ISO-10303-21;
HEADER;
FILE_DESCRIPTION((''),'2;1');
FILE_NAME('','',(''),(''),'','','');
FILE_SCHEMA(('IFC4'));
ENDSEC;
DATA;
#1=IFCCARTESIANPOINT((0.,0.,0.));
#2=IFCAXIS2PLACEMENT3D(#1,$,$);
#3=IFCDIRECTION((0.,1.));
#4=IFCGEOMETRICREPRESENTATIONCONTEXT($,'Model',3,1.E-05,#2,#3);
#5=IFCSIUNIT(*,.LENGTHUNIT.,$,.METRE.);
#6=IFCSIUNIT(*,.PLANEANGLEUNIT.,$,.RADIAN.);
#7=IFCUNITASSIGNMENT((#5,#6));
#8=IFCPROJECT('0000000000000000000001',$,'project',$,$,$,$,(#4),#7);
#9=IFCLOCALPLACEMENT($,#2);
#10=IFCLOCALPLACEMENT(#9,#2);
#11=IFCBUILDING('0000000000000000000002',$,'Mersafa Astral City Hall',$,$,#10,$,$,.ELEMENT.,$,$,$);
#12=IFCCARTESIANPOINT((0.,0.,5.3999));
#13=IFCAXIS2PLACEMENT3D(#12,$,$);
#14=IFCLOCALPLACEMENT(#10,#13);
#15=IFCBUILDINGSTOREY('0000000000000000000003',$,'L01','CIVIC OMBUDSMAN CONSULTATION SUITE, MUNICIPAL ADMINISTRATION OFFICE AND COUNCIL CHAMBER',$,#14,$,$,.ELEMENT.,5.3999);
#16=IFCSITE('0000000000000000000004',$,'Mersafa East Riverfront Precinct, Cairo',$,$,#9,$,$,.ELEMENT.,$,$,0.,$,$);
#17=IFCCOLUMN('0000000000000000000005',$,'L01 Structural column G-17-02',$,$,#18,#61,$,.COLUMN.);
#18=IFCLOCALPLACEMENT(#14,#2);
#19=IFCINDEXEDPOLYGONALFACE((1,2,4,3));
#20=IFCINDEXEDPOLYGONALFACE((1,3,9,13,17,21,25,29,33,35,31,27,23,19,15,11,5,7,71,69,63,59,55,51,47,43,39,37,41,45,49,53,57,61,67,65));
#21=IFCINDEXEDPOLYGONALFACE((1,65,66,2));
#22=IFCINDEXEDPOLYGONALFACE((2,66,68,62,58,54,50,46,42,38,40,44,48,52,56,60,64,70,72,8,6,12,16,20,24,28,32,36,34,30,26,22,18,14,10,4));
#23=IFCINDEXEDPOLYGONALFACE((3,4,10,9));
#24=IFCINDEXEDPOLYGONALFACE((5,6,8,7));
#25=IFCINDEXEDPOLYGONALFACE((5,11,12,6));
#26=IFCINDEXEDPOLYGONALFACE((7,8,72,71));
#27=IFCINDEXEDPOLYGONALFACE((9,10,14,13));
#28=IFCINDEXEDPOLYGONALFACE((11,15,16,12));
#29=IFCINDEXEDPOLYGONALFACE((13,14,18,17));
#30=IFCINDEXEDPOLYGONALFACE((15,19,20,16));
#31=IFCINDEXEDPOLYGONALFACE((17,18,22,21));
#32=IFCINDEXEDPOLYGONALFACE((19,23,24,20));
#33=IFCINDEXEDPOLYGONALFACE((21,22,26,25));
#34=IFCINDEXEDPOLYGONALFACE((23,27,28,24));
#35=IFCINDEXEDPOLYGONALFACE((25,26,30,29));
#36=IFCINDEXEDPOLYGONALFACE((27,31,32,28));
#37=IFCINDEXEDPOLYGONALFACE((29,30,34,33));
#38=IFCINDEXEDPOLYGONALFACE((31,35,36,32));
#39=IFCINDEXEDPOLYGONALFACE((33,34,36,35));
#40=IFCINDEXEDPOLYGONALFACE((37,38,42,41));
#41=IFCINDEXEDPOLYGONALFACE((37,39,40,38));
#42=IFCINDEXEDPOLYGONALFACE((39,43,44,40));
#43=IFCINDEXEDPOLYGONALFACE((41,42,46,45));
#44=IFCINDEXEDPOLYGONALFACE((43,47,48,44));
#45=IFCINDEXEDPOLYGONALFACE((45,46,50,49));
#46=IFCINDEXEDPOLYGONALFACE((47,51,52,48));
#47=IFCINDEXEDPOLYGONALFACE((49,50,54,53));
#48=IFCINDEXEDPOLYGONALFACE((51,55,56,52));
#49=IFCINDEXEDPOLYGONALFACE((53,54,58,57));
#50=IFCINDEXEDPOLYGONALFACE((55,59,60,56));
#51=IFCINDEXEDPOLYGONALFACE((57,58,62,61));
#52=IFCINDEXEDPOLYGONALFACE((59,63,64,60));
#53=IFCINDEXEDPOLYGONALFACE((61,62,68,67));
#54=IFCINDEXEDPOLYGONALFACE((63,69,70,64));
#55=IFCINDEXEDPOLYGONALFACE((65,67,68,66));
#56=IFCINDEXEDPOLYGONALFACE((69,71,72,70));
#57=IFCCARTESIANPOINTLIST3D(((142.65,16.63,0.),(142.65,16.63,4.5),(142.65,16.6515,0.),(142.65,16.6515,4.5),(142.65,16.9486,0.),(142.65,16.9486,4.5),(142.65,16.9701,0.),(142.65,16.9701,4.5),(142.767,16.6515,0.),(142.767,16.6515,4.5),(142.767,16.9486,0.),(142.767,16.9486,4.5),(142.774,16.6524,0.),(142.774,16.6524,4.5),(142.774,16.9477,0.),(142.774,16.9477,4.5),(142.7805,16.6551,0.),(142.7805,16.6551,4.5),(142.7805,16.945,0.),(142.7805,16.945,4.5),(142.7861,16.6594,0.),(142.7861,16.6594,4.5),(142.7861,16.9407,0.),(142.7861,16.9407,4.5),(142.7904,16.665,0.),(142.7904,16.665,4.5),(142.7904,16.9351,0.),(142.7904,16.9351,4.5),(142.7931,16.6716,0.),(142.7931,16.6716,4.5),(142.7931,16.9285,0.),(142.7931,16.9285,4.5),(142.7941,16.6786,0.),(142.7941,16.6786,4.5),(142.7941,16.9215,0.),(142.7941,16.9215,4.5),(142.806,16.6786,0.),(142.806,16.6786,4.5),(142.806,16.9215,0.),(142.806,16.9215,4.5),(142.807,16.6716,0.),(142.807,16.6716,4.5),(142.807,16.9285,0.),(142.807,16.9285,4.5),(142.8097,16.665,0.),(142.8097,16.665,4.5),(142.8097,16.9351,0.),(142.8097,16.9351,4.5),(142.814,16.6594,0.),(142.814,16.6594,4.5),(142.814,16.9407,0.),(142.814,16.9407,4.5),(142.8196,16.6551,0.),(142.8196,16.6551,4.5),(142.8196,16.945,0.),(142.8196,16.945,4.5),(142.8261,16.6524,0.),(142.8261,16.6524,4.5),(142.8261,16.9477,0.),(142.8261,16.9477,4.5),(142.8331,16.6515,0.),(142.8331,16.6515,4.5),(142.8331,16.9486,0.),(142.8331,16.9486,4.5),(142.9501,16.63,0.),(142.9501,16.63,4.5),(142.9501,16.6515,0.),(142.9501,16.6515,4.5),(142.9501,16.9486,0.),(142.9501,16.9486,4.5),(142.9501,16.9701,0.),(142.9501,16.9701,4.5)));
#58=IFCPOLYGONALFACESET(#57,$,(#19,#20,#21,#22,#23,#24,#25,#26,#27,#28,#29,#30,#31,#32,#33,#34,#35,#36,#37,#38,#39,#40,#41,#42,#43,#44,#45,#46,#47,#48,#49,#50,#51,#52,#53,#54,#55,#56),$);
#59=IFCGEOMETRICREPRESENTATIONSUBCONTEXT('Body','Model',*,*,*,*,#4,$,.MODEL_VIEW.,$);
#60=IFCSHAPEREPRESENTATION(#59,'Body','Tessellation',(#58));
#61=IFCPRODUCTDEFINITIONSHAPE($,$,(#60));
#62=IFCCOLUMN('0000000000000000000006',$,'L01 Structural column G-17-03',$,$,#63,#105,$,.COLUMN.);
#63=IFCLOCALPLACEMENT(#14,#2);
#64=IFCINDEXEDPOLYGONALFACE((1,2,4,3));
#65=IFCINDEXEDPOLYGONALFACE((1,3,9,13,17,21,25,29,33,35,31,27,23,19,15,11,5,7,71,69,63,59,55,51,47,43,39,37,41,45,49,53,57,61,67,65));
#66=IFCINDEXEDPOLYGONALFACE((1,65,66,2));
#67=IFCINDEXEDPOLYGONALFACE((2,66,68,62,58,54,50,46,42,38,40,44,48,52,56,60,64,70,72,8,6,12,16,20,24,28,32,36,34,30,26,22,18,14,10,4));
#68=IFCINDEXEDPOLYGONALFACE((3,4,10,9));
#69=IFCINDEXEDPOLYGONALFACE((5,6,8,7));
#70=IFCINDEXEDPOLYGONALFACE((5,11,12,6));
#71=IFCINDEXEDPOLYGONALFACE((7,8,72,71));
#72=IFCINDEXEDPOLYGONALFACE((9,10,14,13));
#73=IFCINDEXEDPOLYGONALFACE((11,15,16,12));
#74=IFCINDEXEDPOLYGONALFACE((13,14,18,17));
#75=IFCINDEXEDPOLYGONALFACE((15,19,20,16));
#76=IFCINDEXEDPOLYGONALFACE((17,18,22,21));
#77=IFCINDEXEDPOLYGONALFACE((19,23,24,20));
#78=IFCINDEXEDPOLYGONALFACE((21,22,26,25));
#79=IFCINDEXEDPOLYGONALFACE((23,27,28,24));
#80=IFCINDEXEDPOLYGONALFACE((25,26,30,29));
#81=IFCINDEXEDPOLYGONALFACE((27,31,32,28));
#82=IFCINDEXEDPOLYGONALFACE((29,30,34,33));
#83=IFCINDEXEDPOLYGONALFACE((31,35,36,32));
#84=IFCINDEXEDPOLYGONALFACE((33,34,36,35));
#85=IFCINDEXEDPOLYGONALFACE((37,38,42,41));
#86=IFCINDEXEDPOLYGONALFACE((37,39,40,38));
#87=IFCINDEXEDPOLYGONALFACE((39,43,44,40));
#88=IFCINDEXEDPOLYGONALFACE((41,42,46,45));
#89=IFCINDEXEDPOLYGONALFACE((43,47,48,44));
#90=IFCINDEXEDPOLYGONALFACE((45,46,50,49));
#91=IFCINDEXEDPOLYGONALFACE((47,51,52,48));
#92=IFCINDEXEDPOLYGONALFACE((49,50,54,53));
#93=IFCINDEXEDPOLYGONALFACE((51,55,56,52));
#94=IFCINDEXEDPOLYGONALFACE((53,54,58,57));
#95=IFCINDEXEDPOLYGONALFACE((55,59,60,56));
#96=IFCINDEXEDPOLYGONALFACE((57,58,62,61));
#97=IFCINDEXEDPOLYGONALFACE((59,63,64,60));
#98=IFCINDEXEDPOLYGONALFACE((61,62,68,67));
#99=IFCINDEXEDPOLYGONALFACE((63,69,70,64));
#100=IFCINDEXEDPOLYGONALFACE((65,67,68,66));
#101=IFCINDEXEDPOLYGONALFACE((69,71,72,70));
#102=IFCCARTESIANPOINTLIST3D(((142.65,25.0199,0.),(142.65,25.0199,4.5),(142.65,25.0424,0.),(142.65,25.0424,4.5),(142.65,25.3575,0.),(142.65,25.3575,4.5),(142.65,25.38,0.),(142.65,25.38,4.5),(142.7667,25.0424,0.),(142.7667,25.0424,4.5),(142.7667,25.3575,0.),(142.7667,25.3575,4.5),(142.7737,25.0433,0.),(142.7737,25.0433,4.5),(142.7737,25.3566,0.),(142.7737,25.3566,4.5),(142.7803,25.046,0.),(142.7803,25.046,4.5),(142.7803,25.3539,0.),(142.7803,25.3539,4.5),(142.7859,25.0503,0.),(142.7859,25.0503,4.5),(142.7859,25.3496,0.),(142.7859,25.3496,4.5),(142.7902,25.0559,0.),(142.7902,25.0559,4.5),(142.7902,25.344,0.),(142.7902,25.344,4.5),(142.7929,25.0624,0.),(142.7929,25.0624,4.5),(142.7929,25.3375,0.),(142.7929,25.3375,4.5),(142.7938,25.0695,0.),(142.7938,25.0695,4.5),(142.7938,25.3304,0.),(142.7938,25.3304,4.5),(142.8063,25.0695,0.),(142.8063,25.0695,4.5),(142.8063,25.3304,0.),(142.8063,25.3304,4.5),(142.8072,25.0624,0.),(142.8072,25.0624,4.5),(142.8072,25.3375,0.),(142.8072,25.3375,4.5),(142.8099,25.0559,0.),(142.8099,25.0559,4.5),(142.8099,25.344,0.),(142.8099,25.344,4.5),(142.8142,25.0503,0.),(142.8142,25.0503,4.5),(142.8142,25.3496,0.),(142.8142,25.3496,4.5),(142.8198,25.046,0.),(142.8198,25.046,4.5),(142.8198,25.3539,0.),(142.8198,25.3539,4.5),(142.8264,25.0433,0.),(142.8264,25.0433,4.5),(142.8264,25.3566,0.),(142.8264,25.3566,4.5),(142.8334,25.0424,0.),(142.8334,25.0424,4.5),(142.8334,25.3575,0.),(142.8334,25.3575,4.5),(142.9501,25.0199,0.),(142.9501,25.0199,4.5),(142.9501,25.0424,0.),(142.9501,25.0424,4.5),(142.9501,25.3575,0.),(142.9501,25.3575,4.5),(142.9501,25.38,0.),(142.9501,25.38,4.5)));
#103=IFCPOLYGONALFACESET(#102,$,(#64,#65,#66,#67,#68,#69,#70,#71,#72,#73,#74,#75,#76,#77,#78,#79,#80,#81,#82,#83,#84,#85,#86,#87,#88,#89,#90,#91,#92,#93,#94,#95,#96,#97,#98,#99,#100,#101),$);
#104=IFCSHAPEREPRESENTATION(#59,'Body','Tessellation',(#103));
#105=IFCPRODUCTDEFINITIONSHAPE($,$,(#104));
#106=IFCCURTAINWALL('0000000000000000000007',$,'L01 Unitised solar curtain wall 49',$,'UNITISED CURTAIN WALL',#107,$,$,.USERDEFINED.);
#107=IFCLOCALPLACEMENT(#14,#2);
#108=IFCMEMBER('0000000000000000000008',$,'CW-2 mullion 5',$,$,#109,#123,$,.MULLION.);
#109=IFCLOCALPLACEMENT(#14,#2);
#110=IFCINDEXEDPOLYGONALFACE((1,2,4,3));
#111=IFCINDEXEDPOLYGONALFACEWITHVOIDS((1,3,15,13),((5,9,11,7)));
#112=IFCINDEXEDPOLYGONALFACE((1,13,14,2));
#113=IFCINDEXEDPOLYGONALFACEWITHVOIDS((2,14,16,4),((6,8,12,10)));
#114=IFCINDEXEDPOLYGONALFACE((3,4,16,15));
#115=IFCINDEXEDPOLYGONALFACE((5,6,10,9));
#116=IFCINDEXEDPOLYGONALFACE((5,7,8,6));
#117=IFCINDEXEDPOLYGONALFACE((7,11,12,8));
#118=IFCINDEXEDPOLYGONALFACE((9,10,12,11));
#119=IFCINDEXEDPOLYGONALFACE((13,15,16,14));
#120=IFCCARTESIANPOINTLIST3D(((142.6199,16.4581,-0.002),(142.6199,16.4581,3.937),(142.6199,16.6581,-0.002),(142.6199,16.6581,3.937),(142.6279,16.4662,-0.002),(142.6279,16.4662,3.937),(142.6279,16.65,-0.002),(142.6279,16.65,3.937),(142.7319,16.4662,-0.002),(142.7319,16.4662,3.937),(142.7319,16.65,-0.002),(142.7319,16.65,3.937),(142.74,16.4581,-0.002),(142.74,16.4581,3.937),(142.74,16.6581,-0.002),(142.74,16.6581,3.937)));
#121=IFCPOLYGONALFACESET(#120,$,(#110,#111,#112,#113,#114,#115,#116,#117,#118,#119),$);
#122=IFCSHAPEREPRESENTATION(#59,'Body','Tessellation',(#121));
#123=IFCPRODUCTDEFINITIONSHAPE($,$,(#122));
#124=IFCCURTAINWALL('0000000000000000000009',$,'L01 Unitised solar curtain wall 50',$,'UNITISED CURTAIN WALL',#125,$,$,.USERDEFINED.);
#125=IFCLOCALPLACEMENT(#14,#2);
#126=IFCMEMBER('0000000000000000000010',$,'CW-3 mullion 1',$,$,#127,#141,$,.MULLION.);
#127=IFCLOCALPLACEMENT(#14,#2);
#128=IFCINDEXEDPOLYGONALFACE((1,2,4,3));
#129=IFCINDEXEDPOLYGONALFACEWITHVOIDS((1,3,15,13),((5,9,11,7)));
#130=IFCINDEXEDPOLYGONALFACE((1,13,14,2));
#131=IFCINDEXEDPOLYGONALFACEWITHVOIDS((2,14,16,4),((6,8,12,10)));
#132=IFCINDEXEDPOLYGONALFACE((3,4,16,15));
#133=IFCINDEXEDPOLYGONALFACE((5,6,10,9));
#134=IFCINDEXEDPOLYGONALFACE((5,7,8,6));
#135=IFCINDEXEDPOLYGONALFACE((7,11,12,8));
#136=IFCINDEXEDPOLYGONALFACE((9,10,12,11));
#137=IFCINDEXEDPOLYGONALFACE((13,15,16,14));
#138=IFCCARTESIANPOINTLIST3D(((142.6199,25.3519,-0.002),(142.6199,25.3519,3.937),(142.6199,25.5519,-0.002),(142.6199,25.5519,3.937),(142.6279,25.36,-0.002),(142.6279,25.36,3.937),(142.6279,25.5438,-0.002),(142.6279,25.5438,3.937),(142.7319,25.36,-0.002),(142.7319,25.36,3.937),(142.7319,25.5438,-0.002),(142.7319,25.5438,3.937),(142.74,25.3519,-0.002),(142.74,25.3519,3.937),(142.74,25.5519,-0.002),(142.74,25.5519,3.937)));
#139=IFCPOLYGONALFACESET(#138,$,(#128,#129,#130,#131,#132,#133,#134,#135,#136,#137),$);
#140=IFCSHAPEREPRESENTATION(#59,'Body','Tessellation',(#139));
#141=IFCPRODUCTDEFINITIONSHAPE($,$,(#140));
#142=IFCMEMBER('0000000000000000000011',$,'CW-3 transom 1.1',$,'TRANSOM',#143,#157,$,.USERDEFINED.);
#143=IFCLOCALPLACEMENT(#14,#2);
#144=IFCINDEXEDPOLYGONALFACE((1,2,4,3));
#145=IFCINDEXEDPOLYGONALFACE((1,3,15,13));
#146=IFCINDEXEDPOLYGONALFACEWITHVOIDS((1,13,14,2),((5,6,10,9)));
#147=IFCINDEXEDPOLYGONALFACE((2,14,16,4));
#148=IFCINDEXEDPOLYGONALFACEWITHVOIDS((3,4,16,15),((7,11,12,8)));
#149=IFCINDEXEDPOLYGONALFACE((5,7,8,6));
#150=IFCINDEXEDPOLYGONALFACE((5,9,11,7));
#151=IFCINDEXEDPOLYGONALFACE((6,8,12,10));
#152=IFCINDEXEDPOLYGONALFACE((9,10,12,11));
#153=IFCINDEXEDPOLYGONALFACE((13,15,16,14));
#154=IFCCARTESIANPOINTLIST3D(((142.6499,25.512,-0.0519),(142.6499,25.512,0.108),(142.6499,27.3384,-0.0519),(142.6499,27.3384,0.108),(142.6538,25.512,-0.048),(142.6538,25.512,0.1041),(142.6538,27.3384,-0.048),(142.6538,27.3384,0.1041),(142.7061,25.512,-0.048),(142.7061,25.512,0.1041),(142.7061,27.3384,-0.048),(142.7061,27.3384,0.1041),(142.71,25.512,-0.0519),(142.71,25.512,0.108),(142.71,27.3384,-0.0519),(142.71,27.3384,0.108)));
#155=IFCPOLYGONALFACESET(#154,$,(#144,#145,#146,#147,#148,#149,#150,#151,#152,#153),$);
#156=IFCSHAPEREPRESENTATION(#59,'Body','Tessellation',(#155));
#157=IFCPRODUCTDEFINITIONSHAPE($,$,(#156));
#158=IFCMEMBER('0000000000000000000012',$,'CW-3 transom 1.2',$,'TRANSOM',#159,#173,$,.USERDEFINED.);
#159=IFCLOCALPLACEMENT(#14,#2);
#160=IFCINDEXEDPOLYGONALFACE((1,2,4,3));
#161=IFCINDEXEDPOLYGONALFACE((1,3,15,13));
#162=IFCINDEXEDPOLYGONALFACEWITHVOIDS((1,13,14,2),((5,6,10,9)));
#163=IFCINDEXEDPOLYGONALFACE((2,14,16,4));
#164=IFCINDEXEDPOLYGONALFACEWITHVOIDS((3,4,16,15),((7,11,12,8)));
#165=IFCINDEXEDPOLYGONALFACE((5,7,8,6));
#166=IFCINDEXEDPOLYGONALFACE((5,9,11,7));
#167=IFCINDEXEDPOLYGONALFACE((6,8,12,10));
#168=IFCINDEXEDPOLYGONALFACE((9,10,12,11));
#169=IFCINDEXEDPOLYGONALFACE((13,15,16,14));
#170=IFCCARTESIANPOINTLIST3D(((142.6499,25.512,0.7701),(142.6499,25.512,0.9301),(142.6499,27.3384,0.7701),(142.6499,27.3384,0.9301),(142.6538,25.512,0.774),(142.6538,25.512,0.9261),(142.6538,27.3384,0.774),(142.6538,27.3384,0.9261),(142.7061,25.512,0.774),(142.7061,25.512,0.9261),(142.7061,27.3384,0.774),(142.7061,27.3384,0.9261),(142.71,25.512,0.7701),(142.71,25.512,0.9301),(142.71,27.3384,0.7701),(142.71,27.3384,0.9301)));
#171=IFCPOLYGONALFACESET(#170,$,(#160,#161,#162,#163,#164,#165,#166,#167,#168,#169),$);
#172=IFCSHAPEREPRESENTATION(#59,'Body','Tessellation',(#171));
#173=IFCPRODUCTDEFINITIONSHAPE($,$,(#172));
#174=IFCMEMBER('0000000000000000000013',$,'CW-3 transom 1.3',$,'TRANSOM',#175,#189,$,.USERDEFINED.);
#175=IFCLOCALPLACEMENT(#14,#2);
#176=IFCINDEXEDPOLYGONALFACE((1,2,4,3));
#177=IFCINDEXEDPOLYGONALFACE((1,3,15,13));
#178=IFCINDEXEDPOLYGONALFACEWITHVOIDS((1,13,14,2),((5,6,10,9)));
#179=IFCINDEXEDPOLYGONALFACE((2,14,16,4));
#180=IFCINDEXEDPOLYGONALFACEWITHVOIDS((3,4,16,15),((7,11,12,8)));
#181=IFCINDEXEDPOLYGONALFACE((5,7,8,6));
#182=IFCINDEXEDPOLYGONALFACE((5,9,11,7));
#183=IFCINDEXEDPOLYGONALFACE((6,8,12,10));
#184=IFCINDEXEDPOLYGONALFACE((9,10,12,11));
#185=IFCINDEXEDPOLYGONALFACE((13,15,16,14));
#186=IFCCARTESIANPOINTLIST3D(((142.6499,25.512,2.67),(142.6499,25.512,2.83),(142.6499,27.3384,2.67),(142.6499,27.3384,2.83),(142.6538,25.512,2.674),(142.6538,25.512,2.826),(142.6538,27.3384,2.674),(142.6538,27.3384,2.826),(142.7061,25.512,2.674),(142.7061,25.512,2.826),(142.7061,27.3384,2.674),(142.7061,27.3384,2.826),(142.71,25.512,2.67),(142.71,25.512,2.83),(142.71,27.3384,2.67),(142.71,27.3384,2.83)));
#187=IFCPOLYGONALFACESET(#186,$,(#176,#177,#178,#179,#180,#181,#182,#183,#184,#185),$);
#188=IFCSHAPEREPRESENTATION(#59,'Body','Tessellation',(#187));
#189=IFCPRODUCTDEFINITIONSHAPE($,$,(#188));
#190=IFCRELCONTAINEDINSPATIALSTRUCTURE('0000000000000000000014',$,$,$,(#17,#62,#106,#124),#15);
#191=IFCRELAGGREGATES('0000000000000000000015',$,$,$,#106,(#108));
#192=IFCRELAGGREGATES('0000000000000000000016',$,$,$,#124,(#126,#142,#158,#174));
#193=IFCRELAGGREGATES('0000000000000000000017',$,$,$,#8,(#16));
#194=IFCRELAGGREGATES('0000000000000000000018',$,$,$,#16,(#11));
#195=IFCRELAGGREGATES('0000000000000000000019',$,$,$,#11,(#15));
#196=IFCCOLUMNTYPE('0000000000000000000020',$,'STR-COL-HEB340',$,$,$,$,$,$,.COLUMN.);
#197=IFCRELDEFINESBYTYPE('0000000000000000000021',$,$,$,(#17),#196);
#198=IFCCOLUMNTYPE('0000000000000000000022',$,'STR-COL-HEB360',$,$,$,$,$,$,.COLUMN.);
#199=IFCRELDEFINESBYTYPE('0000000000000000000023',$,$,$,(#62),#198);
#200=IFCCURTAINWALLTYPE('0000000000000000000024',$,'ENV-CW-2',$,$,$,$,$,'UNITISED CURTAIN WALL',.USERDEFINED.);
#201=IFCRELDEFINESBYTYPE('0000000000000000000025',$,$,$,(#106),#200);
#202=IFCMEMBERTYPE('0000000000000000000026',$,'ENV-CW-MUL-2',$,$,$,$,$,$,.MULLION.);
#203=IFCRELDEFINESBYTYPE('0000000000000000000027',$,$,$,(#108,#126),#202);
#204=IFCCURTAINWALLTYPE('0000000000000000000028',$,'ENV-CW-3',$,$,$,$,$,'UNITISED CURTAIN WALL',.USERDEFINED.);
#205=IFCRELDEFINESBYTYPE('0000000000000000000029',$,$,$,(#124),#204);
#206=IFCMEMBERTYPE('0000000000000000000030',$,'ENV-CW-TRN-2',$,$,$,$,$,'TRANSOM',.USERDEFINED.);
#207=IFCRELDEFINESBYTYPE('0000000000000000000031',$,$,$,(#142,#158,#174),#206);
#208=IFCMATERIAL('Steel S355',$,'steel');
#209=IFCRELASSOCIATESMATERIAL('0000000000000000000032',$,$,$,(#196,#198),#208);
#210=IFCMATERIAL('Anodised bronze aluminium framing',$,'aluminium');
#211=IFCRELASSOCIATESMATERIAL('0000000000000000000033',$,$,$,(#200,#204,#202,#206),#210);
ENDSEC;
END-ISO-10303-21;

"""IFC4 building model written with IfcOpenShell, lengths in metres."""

from ifc_helpers import new_model, si_unit, direction, frame, origin, origin_2d, place, context, subcontext, project, spatial, hollow_rectangle, i_section, extrude, material, material_profile, profile_set, type_object, element, aggregate, save


model = new_model("IFC4")

# Units and contexts
model_context = context("Model", 3, precision=1e-05, world=origin(), true_north=direction((0.0, 1.0)))
body_context = subcontext(model_context, "Body", "Model", "MODEL_VIEW")
ifc_project = project(units=[si_unit("LENGTHUNIT", "METRE"), si_unit("PLANEANGLEUNIT", "RADIAN")], contexts=[model_context])

# Site, building, storey
site_placement = place(None, origin())
site = spatial("IfcSite", under=ifc_project, at=site_placement, Name="Mersafa East Riverfront Precinct, Cairo", CompositionType="ELEMENT", RefElevation=0.0)
building_placement = place(site_placement, origin())
building = spatial("IfcBuilding", under=site, at=building_placement, Name="Mersafa Astral City Hall", CompositionType="ELEMENT")
storey_placement = place(building_placement, frame((0.0, 0.0, 5.3999)))
storey = spatial("IfcBuildingStorey", under=building, at=storey_placement, Name="L01", Description="CIVIC OMBUDSMAN CONSULTATION SUITE, MUNICIPAL ADMINISTRATION OFFICE AND COUNCIL CHAMBER", CompositionType="ELEMENT", Elevation=5.3999)

# Columns
ifc_material_1 = material(Name="Steel S355", Category="steel")
ifc_material_profile_1 = material_profile(ifc_material_1, i_section(OverallWidth=0.3, OverallDepth=0.3401, WebThickness=0.012, FlangeThickness=0.0215, FilletRadius=0.0271, at=origin_2d()), Name="HEB 340")
ifc_profile_set_1 = profile_set([ifc_material_profile_1], Name="Steel S355")
column_type_1 = type_object("IfcColumnType", Name="STR-COL-HEB340", PredefinedType="COLUMN", material=ifc_profile_set_1)
column_1_placement = place(storey_placement, frame((142.8, 16.8, 0.0), z_axis=(0.0, 0.0, 1.0), x_axis=(1.0, 0.0, 0.0)))
element("IfcColumn", 1, at=column_1_placement, inside=storey, type_object=column_type_1, Name="L01 Structural column G-17-02", PredefinedType="COLUMN", context=body_context, shape_type="SweptSolid", body=[
    extrude(i_section(OverallWidth=0.3, OverallDepth=0.3401, WebThickness=0.012, FlangeThickness=0.0215, FilletRadius=0.0271, at=origin_2d()), origin(), (0.0, 0.0, 1.0), 4.5),
])
ifc_material_profile_2 = material_profile(ifc_material_1, i_section(OverallWidth=0.3, OverallDepth=0.3601, WebThickness=0.0125, FlangeThickness=0.0225, FilletRadius=0.0271, at=origin_2d()), Name="HEB 360")
ifc_profile_set_2 = profile_set([ifc_material_profile_2], Name="Steel S355")
column_type_2 = type_object("IfcColumnType", Name="STR-COL-HEB360", PredefinedType="COLUMN", material=ifc_profile_set_2)
column_2_placement = place(storey_placement, frame((142.8, 25.2, 0.0), z_axis=(0.0, 0.0, 1.0), x_axis=(1.0, 0.0, 0.0)))
element("IfcColumn", 2, at=column_2_placement, inside=storey, type_object=column_type_2, Name="L01 Structural column G-17-03", PredefinedType="COLUMN", context=body_context, shape_type="SweptSolid", body=[
    extrude(i_section(OverallWidth=0.3, OverallDepth=0.3601, WebThickness=0.0125, FlangeThickness=0.0225, FilletRadius=0.0271, at=origin_2d()), origin(), (0.0, 0.0, 1.0), 4.5),
])

# Curtain wall, member
ifc_material_2 = material(Name="Anodised bronze aluminium framing", Category="aluminium")
curtain_wall_type_1 = type_object("IfcCurtainWallType", Name="ENV-CW-2", ElementType="UNITISED CURTAIN WALL", PredefinedType="USERDEFINED", material=ifc_material_2)
curtain_wall_1_placement = place(storey_placement, origin())
curtain_wall_1 = element("IfcCurtainWall", 3, at=curtain_wall_1_placement, inside=storey, type_object=curtain_wall_type_1, Name="L01 Unitised solar curtain wall 49", ObjectType="UNITISED CURTAIN WALL", PredefinedType="USERDEFINED")
ifc_material_profile_3 = material_profile(ifc_material_2, hollow_rectangle(XDim=0.1201, YDim=0.2, WallThickness=0.0081, at=origin_2d()), Name="RHS 120x200x8")
ifc_profile_set_3 = profile_set([ifc_material_profile_3], Name="Anodised bronze aluminium framing")
member_type_1 = type_object("IfcMemberType", Name="ENV-CW-MUL-2", PredefinedType="MULLION", material=ifc_profile_set_3)
member_1_placement = place(storey_placement, frame((142.6799, 16.5581, -0.002), z_axis=(0.0, 0.0, 1.0), x_axis=(-1.0, 0.0, 0.0)))
member_1 = element("IfcMember", 4, at=member_1_placement, type_object=member_type_1, Name="CW-2 mullion 5", PredefinedType="MULLION", context=body_context, shape_type="SweptSolid", body=[
    extrude(hollow_rectangle(XDim=0.1201, YDim=0.2, WallThickness=0.0081, at=origin_2d()), origin(), (0.0, 0.0, 1.0), 3.939),
])

# Curtain wall, members
curtain_wall_type_2 = type_object("IfcCurtainWallType", Name="ENV-CW-3", ElementType="UNITISED CURTAIN WALL", PredefinedType="USERDEFINED", material=ifc_material_2)
curtain_wall_2_placement = place(storey_placement, origin())
curtain_wall_2 = element("IfcCurtainWall", 5, at=curtain_wall_2_placement, inside=storey, type_object=curtain_wall_type_2, Name="L01 Unitised solar curtain wall 50", ObjectType="UNITISED CURTAIN WALL", PredefinedType="USERDEFINED")
member_2_placement = place(storey_placement, frame((142.6799, 25.4519, -0.002), z_axis=(0.0, 0.0, 1.0), x_axis=(-1.0, 0.0, 0.0)))
member_2 = element("IfcMember", 6, at=member_2_placement, type_object=member_type_1, Name="CW-3 mullion 1", PredefinedType="MULLION", context=body_context, shape_type="SweptSolid", body=[
    extrude(hollow_rectangle(XDim=0.1201, YDim=0.2, WallThickness=0.0081, at=origin_2d()), origin(), (0.0, 0.0, 1.0), 3.939),
])
ifc_material_profile_4 = material_profile(ifc_material_2, hollow_rectangle(XDim=0.0601, YDim=0.1599, WallThickness=0.0039, at=origin_2d()), Name="RHS 60x160x4")
ifc_profile_set_4 = profile_set([ifc_material_profile_4], Name="Anodised bronze aluminium framing")
member_type_2 = type_object("IfcMemberType", Name="ENV-CW-TRN-2", ElementType="TRANSOM", PredefinedType="USERDEFINED", material=ifc_profile_set_4)
member_3_placement = place(storey_placement, frame((142.6799, 25.512, 0.0281), z_axis=(0.0, 1.0, 0.0), x_axis=(-1.0, 0.0, 0.0)))
member_3 = element("IfcMember", 7, at=member_3_placement, type_object=member_type_2, Name="CW-3 transom 1.1", ObjectType="TRANSOM", PredefinedType="USERDEFINED", context=body_context, shape_type="SweptSolid", body=[
    extrude(hollow_rectangle(XDim=0.0601, YDim=0.1599, WallThickness=0.0039, at=origin_2d()), origin(), (0.0, 0.0, 1.0), 1.8264),
])
member_4_placement = place(storey_placement, frame((142.6799, 25.512, 0.8501), z_axis=(0.0, 1.0, 0.0), x_axis=(-1.0, 0.0, 0.0)))
member_4 = element("IfcMember", 8, at=member_4_placement, type_object=member_type_2, Name="CW-3 transom 1.2", ObjectType="TRANSOM", PredefinedType="USERDEFINED", context=body_context, shape_type="SweptSolid", body=[
    extrude(hollow_rectangle(XDim=0.0601, YDim=0.1599, WallThickness=0.0039, at=origin_2d()), origin(), (0.0, 0.0, 1.0), 1.8264),
])
member_5_placement = place(storey_placement, frame((142.6799, 25.512, 2.75), z_axis=(0.0, 1.0, 0.0), x_axis=(-1.0, 0.0, 0.0)))
member_5 = element("IfcMember", 9, at=member_5_placement, type_object=member_type_2, Name="CW-3 transom 1.3", ObjectType="TRANSOM", PredefinedType="USERDEFINED", context=body_context, shape_type="SweptSolid", body=[
    extrude(hollow_rectangle(XDim=0.0601, YDim=0.1599, WallThickness=0.0039, at=origin_2d()), origin(), (0.0, 0.0, 1.0), 1.8264),
])

aggregate(curtain_wall_1, [member_1])
aggregate(curtain_wall_2, [member_2, member_3, member_4, member_5])

save(model, "model.ifc")
